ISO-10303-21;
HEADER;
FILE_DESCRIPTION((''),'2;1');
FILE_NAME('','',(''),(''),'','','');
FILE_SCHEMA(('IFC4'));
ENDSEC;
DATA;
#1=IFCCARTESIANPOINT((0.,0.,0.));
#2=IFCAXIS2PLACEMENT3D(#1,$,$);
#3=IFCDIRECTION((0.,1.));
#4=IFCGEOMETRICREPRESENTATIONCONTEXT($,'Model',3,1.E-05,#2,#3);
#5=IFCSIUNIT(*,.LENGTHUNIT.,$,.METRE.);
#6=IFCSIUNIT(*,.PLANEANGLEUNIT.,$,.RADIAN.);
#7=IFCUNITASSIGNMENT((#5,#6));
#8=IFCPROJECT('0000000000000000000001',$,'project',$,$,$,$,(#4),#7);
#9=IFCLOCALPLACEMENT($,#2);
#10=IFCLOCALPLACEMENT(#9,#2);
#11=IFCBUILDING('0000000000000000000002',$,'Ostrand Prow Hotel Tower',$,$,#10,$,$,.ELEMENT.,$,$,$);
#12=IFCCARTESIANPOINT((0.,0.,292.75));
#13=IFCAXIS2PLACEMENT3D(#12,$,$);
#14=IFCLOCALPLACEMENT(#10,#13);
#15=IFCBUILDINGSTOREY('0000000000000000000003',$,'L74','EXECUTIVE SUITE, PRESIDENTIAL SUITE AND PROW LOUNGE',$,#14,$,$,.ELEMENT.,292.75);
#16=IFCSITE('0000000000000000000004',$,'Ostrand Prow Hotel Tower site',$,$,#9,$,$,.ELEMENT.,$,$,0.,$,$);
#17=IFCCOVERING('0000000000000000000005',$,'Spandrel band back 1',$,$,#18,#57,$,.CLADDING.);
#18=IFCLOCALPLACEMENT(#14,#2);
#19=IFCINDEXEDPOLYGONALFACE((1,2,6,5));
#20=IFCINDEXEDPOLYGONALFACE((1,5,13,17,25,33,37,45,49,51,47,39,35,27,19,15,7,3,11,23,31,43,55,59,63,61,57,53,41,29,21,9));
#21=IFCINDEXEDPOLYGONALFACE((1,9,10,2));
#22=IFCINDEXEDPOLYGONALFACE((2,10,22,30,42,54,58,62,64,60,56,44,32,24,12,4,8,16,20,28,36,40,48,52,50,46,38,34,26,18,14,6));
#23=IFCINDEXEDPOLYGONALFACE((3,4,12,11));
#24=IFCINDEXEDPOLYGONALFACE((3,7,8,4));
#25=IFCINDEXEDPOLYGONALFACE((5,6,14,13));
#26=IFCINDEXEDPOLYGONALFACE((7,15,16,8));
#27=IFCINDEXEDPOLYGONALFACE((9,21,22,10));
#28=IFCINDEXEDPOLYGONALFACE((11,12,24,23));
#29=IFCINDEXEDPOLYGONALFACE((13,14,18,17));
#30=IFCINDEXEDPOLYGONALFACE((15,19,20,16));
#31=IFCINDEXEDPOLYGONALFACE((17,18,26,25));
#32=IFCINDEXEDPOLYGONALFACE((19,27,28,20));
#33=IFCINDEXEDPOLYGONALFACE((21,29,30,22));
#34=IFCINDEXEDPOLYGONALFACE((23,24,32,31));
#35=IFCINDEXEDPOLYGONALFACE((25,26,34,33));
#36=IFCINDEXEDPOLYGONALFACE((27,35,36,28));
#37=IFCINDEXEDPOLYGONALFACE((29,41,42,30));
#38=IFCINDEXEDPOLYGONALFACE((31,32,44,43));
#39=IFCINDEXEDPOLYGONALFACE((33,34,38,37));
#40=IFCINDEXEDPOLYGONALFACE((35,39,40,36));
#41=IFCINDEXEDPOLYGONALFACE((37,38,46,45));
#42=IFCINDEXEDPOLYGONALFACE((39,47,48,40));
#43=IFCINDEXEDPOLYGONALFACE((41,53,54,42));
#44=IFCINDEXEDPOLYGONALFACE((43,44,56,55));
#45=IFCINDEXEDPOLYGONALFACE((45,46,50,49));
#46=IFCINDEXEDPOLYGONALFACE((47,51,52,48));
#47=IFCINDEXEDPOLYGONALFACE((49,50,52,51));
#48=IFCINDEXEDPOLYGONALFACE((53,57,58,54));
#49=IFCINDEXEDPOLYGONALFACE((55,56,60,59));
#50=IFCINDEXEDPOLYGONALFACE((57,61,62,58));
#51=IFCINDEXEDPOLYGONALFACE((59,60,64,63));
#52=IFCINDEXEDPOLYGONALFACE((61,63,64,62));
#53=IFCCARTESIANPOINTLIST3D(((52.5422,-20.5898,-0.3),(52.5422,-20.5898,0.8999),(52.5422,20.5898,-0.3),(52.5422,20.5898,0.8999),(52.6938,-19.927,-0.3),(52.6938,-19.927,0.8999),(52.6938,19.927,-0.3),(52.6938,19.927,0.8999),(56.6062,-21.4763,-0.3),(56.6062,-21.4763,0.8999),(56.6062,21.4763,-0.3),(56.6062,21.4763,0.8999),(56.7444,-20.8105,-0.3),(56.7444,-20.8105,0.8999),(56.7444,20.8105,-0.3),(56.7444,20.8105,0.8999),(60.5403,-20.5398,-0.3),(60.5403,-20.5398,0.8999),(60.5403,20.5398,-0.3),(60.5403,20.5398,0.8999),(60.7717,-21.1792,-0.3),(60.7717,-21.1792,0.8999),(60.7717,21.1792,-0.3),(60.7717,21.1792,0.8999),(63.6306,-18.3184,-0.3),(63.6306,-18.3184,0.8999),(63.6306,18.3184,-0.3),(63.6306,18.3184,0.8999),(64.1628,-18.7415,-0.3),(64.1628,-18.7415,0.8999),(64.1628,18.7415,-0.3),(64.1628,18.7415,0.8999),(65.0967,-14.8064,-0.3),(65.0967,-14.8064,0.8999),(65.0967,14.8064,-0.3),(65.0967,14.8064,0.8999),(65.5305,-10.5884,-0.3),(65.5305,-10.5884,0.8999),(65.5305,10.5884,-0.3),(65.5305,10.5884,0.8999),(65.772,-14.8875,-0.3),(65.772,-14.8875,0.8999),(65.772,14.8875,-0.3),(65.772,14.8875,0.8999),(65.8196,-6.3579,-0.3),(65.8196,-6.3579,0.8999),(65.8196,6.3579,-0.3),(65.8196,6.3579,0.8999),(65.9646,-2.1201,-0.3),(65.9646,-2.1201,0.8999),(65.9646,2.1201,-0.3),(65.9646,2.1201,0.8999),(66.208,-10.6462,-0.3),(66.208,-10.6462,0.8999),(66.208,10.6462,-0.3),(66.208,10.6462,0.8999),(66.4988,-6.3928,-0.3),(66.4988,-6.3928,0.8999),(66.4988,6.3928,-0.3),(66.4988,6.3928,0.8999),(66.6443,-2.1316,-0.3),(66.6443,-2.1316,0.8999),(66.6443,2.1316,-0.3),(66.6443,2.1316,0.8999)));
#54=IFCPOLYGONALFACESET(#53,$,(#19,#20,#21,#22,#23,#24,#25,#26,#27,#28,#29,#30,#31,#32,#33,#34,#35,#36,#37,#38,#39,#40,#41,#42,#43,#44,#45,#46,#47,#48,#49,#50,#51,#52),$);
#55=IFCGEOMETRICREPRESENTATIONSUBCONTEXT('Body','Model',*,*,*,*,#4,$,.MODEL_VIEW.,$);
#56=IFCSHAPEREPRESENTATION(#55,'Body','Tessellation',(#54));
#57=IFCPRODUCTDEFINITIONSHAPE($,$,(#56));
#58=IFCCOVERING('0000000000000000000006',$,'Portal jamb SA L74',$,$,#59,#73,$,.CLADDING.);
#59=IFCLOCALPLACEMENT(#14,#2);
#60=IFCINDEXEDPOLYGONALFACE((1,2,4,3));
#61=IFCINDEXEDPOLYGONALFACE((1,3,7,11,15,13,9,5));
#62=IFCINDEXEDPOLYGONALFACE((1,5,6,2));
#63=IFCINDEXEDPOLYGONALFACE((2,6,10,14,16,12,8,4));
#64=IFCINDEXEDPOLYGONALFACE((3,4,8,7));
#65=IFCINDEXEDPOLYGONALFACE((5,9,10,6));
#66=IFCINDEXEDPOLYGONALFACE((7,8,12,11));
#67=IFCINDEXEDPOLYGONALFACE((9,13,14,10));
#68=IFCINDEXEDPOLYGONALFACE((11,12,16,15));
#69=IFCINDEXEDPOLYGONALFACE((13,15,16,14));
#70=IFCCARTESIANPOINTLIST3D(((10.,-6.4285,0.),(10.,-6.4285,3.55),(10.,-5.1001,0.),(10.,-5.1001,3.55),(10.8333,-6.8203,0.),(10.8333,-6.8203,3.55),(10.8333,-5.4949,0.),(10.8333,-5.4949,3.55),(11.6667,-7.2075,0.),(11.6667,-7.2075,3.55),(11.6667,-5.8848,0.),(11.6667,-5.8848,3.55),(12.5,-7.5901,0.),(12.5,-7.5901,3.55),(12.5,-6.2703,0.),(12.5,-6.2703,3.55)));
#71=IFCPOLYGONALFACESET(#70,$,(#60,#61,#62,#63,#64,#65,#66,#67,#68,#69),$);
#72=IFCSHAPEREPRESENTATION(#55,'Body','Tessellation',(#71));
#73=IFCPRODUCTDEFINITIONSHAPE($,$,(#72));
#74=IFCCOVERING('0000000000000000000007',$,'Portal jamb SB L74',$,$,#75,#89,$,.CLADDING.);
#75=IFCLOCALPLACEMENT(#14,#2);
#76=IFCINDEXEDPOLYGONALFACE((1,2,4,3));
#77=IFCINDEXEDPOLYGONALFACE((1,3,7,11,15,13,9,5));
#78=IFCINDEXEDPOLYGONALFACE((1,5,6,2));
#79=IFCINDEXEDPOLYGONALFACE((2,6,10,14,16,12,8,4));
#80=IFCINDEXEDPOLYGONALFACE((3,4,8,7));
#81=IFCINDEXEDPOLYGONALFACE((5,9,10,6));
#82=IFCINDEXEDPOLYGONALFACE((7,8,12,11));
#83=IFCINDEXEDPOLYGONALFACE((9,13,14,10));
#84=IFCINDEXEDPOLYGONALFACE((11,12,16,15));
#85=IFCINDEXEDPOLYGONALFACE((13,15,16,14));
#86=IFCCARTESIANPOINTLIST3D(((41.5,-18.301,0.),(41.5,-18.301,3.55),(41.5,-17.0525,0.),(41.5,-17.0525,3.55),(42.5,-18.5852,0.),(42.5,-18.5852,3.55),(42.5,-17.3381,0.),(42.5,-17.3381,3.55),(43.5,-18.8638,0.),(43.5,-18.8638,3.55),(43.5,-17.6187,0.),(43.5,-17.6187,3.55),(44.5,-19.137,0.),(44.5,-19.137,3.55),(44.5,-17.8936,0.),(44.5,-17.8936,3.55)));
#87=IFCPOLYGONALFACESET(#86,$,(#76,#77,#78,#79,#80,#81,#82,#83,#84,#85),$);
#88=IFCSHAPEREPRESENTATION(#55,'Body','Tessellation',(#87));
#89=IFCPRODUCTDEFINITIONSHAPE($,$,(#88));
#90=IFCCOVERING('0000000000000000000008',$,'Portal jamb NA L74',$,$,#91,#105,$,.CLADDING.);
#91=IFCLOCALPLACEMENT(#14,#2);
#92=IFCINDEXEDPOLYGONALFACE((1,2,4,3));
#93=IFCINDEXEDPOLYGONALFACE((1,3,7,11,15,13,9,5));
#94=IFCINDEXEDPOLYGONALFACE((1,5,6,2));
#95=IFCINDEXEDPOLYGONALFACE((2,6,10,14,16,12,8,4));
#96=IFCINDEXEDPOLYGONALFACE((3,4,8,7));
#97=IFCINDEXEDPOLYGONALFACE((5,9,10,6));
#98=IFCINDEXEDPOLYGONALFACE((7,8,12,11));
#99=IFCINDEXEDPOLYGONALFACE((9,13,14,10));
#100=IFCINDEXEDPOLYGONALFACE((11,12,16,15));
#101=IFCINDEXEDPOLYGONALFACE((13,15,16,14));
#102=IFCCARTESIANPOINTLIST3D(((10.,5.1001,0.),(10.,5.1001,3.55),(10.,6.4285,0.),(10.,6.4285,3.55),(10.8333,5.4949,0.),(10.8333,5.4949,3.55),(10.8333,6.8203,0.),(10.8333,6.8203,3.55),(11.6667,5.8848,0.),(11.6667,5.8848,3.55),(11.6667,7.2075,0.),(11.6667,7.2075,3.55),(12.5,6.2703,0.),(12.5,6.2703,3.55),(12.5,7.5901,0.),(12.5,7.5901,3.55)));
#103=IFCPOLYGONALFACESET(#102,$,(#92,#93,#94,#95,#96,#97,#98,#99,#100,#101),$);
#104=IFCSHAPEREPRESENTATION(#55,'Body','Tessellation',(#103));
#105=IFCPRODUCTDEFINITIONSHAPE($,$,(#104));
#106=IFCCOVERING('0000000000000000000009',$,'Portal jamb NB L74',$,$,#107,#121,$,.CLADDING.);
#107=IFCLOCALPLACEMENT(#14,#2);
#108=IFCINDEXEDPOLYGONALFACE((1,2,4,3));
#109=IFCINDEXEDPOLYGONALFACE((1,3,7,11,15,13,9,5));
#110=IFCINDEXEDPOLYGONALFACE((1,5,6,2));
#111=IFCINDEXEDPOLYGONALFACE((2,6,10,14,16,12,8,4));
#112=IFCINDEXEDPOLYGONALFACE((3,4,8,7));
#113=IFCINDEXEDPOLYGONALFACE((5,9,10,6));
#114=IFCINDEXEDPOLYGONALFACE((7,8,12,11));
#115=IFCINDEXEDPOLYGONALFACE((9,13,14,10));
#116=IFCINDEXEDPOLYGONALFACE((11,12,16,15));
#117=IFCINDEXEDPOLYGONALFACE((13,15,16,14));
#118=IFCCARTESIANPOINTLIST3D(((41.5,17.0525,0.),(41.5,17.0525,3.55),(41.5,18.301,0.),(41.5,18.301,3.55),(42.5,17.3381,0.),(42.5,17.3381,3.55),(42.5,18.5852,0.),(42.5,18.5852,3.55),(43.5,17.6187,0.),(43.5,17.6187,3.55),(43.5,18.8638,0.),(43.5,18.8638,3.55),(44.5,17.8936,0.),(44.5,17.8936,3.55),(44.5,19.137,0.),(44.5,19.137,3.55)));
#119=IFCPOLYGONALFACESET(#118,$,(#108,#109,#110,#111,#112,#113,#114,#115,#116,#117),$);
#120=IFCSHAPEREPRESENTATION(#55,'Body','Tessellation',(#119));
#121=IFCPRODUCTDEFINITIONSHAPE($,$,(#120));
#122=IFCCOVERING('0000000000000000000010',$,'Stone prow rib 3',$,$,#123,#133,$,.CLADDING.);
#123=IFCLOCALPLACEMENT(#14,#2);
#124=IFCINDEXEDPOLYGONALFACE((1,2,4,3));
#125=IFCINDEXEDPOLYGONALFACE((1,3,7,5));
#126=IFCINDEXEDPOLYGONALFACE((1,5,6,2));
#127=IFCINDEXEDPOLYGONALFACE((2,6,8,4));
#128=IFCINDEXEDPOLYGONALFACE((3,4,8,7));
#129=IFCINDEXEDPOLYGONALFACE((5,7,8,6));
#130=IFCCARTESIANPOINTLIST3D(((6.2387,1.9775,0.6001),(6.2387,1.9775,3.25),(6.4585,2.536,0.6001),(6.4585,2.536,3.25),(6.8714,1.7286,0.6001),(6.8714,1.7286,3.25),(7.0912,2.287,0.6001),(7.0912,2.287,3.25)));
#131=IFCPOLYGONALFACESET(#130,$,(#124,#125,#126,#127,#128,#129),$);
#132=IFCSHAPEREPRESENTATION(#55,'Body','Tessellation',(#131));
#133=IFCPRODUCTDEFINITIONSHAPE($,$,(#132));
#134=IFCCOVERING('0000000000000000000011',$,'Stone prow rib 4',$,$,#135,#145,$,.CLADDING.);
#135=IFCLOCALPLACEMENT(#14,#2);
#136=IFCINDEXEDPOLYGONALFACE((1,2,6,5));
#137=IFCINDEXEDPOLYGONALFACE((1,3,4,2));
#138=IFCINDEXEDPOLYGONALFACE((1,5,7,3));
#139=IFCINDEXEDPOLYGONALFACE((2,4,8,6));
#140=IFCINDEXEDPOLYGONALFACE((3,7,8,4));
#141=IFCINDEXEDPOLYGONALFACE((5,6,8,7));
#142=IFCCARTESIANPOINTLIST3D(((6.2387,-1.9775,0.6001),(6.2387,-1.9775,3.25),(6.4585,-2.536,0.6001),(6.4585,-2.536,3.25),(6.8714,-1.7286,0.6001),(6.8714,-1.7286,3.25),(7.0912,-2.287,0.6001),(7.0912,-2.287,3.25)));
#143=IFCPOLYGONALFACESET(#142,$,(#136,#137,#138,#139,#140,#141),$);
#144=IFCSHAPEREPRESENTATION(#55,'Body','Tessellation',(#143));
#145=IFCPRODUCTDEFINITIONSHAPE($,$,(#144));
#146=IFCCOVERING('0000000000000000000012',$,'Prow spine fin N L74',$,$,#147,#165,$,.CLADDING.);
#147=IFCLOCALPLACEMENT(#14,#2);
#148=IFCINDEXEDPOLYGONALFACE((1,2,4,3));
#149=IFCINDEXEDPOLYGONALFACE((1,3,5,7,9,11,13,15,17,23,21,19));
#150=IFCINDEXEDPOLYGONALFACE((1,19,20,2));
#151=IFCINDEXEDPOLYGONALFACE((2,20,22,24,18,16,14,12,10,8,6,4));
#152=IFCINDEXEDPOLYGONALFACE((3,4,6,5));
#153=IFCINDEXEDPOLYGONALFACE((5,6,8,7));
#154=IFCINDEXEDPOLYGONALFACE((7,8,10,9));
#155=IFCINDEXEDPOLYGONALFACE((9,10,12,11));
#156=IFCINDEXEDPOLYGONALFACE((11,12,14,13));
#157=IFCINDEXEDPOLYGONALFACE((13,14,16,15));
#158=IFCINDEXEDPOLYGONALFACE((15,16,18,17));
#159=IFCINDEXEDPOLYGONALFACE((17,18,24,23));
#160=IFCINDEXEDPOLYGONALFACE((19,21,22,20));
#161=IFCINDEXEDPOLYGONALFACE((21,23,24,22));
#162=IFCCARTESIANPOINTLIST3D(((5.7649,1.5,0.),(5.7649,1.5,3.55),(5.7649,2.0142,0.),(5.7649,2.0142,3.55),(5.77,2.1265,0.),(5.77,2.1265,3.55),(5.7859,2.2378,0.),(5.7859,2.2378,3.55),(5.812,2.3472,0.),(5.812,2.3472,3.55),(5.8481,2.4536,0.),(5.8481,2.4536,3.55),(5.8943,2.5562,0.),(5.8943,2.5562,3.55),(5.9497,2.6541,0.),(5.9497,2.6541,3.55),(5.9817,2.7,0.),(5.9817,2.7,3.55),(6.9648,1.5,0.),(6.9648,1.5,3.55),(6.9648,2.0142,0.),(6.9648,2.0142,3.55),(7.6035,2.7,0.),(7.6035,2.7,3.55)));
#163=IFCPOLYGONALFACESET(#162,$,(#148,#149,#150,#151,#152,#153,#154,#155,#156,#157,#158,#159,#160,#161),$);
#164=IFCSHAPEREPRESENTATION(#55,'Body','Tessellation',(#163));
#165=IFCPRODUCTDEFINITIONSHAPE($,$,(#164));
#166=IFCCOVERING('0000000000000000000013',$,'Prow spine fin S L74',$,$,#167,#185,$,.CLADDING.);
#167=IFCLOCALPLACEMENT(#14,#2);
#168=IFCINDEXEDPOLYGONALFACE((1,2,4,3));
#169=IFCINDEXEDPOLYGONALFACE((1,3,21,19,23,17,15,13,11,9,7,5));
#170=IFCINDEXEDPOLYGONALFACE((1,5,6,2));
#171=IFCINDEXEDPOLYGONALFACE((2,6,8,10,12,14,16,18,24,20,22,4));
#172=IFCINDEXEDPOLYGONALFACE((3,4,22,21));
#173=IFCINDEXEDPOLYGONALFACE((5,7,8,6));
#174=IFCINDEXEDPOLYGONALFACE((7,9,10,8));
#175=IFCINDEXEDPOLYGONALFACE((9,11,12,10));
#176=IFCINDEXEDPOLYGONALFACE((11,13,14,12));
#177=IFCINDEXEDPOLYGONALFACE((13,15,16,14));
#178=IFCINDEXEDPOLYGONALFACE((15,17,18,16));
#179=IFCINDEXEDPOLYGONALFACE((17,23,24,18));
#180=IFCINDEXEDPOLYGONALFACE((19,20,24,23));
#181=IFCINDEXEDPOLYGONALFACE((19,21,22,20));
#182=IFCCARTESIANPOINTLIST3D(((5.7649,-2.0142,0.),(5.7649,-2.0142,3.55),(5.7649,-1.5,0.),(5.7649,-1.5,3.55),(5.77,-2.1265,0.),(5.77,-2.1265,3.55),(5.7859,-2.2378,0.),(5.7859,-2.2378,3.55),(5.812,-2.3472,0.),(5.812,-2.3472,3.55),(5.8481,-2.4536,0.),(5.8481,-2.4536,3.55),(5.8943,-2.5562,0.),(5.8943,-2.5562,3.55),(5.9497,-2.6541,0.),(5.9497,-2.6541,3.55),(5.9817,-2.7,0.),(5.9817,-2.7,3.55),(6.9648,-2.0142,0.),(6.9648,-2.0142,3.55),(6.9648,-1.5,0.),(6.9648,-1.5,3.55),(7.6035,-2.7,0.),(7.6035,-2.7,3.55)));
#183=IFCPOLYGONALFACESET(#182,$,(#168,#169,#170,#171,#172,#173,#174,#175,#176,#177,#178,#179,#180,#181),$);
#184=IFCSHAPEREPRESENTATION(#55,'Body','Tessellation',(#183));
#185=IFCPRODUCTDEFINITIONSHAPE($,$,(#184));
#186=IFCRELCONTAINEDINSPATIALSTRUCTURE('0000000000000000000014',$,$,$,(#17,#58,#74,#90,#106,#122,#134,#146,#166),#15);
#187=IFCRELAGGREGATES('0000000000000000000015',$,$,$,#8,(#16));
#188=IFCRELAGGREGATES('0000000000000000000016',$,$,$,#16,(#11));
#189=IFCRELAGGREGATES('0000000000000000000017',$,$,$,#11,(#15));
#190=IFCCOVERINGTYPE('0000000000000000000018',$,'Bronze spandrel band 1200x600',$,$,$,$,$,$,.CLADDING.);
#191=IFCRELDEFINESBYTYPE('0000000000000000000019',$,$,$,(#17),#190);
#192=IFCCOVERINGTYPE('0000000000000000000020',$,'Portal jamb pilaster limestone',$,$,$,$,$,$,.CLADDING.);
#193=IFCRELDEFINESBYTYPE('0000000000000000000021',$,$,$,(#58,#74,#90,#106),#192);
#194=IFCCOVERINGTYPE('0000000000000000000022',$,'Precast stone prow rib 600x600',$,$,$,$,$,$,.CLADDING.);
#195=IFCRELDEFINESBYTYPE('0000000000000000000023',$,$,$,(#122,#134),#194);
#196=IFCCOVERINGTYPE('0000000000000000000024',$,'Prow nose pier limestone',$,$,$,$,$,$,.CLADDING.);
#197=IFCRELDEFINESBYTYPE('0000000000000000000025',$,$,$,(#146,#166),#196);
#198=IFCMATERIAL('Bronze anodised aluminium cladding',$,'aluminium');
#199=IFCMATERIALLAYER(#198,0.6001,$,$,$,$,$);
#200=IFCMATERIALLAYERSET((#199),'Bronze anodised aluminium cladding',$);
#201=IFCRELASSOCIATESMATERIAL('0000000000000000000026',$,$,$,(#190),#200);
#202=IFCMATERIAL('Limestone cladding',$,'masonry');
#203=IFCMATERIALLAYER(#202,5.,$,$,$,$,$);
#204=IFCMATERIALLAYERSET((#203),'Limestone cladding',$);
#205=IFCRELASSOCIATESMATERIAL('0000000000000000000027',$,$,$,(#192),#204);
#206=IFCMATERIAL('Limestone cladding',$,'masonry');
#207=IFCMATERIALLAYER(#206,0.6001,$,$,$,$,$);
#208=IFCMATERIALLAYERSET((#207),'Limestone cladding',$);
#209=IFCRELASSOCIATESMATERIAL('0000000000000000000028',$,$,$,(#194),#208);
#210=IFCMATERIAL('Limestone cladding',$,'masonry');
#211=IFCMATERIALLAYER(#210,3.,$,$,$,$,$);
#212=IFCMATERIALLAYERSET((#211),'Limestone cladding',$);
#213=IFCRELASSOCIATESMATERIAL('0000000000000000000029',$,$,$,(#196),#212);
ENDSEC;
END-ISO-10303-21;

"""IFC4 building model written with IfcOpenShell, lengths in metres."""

from ifc_helpers import new_model, si_unit, direction, frame, frame_2d, origin, place, context, subcontext, project, spatial, polyline, rectangle, outline, extrude, material, layer, layer_set, type_object, element, save


model = new_model("IFC4")

# Units and contexts
model_context = context("Model", 3, precision=1e-05, world=origin(), true_north=direction((0.0, 1.0)))
body_context = subcontext(model_context, "Body", "Model", "MODEL_VIEW")
ifc_project = project(units=[si_unit("LENGTHUNIT", "METRE"), si_unit("PLANEANGLEUNIT", "RADIAN")], contexts=[model_context])

# Site, building, storey
site_placement = place(None, origin())
site = spatial("IfcSite", under=ifc_project, at=site_placement, Name="Ostrand Prow Hotel Tower site", CompositionType="ELEMENT", RefElevation=0.0)
building_placement = place(site_placement, origin())
building = spatial("IfcBuilding", under=site, at=building_placement, Name="Ostrand Prow Hotel Tower", CompositionType="ELEMENT")
storey_placement = place(building_placement, frame((0.0, 0.0, 292.75)))
storey = spatial("IfcBuildingStorey", under=building, at=storey_placement, Name="L74", Description="EXECUTIVE SUITE, PRESIDENTIAL SUITE AND PROW LOUNGE", CompositionType="ELEMENT", Elevation=292.75)

# Coverings
ifc_material_1 = material(Name="Bronze anodised aluminium cladding", Category="aluminium")
ifc_layer_1 = layer(ifc_material_1, 0.6001)
ifc_layer_set_1 = layer_set([ifc_layer_1], Name="Bronze anodised aluminium cladding")
covering_type_1 = type_object("IfcCoveringType", Name="Bronze spandrel band 1200x600", PredefinedType="CLADDING", material=ifc_layer_set_1)
covering_1_placement = place(storey_placement, frame((0.0, 0.0, -0.3)))
element("IfcCovering", 1, at=covering_1_placement, inside=storey, type_object=covering_type_1, Name="Spandrel band back 1", PredefinedType="CLADDING", context=body_context, shape_type="SweptSolid", body=[
    extrude(outline(polyline([(52.5422, -20.5898), (56.6062, -21.4763), (60.7717, -21.1792), (64.1628, -18.7415), (65.772, -14.8875), (66.208, -10.6462), (66.4988, -6.3928), (66.6443, -2.1316), (66.6443, 2.1316), (66.4988, 6.3928), (66.208, 10.6462), (65.772, 14.8875), (64.1628, 18.7415), (60.7717, 21.1792), (56.6062, 21.4763), (52.5422, 20.5898), (52.6938, 19.927), (56.7444, 20.8105), (60.5403, 20.5398), (63.6306, 18.3184), (65.0967, 14.8064), (65.5305, 10.5884), (65.8196, 6.3579), (65.9646, 2.1201), (65.9646, -2.1201), (65.8196, -6.3579), (65.5305, -10.5884), (65.0967, -14.8064), (63.6306, -18.3184), (60.5403, -20.5398), (56.7444, -20.8105), (52.6938, -19.927), (52.5422, -20.5898)])), origin(), (0.0, 0.0, 1.0), 1.2),
])
ifc_material_2 = material(Name="Limestone cladding", Category="masonry")
ifc_layer_2 = layer(ifc_material_2, 5.0)
ifc_layer_set_2 = layer_set([ifc_layer_2], Name="Limestone cladding")
covering_type_2 = type_object("IfcCoveringType", Name="Portal jamb pilaster limestone", PredefinedType="CLADDING", material=ifc_layer_set_2)
covering_2_placement = place(storey_placement, origin())
element("IfcCovering", 2, at=covering_2_placement, inside=storey, type_object=covering_type_2, Name="Portal jamb SA L74", PredefinedType="CLADDING", context=body_context, shape_type="SweptSolid", body=[
    extrude(outline(polyline([(10.0, -5.1001), (10.0, -6.4285), (10.8333, -6.8203), (11.6667, -7.2075), (12.5, -7.5901), (12.5, -6.2703), (11.6667, -5.8848), (10.8333, -5.4949), (10.0, -5.1001)])), origin(), (0.0, 0.0, 1.0), 3.55),
])
covering_3_placement = place(storey_placement, origin())
element("IfcCovering", 3, at=covering_3_placement, inside=storey, type_object=covering_type_2, Name="Portal jamb SB L74", PredefinedType="CLADDING", context=body_context, shape_type="SweptSolid", body=[
    extrude(outline(polyline([(41.5, -17.0525), (41.5, -18.301), (42.5, -18.5852), (43.5, -18.8638), (44.5, -19.137), (44.5, -17.8936), (43.5, -17.6187), (42.5, -17.3381), (41.5, -17.0525)])), origin(), (0.0, 0.0, 1.0), 3.55),
])
covering_4_placement = place(storey_placement, origin())
element("IfcCovering", 4, at=covering_4_placement, inside=storey, type_object=covering_type_2, Name="Portal jamb NA L74", PredefinedType="CLADDING", context=body_context, shape_type="SweptSolid", body=[
    extrude(outline(polyline([(10.0, 5.1001), (10.8333, 5.4949), (11.6667, 5.8848), (12.5, 6.2703), (12.5, 7.5901), (11.6667, 7.2075), (10.8333, 6.8203), (10.0, 6.4285), (10.0, 5.1001)])), origin(), (0.0, 0.0, 1.0), 3.55),
])
covering_5_placement = place(storey_placement, origin())
element("IfcCovering", 5, at=covering_5_placement, inside=storey, type_object=covering_type_2, Name="Portal jamb NB L74", PredefinedType="CLADDING", context=body_context, shape_type="SweptSolid", body=[
    extrude(outline(polyline([(41.5, 17.0525), (42.5, 17.3381), (43.5, 17.6187), (44.5, 17.8936), (44.5, 19.137), (43.5, 18.8638), (42.5, 18.5852), (41.5, 18.301), (41.5, 17.0525)])), origin(), (0.0, 0.0, 1.0), 3.55),
])
ifc_material_3 = material(Name="Limestone cladding", Category="masonry")
ifc_layer_3 = layer(ifc_material_3, 0.6001)
ifc_layer_set_3 = layer_set([ifc_layer_3], Name="Limestone cladding")
covering_type_3 = type_object("IfcCoveringType", Name="Precast stone prow rib 600x600", PredefinedType="CLADDING", material=ifc_layer_set_3)
for number, where, z_axis, x_axis, name in (
    (6, (6.9812, 2.0078, 0.6001), (0.0, 0.0, 1.0), (-0.930542, 0.366185, 0.0), "Stone prow rib 3"),
    (7, (6.9812, -2.0078, 0.6001), (0.0, 0.0, 1.0), (-0.930542, -0.366185, 0.0), "Stone prow rib 4"),
):
    element("IfcCovering", number, at=place(storey_placement, frame(where, z_axis=z_axis, x_axis=x_axis)), inside=storey, type_object=covering_type_3, Name=name, PredefinedType="CLADDING", context=body_context, shape_type="SweptSolid", body=[
        extrude(rectangle(XDim=0.6799, YDim=0.6001, at=frame_2d((0.3398, 0.0))), origin(), (0.0, 0.0, 1.0), 2.6499),
    ])
ifc_material_4 = material(Name="Limestone cladding", Category="masonry")
ifc_layer_4 = layer(ifc_material_4, 3.0)
ifc_layer_set_4 = layer_set([ifc_layer_4], Name="Limestone cladding")
covering_type_4 = type_object("IfcCoveringType", Name="Prow nose pier limestone", PredefinedType="CLADDING", material=ifc_layer_set_4)
covering_6_placement = place(storey_placement, origin())
element("IfcCovering", 8, at=covering_6_placement, inside=storey, type_object=covering_type_4, Name="Prow spine fin N L74", PredefinedType="CLADDING", context=body_context, shape_type="SweptSolid", body=[
    extrude(outline(polyline([(5.7649, 2.0142), (5.7649, 1.5), (6.9648, 1.5), (6.9648, 2.0142), (7.6035, 2.7), (5.9817, 2.7), (5.9497, 2.6541), (5.8943, 2.5562), (5.8481, 2.4536), (5.812, 2.3472), (5.7859, 2.2378), (5.77, 2.1265), (5.7649, 2.0142)])), origin(), (0.0, 0.0, 1.0), 3.55),
])
covering_7_placement = place(storey_placement, origin())
element("IfcCovering", 9, at=covering_7_placement, inside=storey, type_object=covering_type_4, Name="Prow spine fin S L74", PredefinedType="CLADDING", context=body_context, shape_type="SweptSolid", body=[
    extrude(outline(polyline([(5.9497, -2.6541), (5.9817, -2.7), (7.6035, -2.7), (6.9648, -2.0142), (6.9648, -1.5), (5.7649, -1.5), (5.7649, -2.0142), (5.77, -2.1265), (5.7859, -2.2378), (5.812, -2.3472), (5.8481, -2.4536), (5.8943, -2.5562), (5.9497, -2.6541)])), origin(), (0.0, 0.0, 1.0), 3.55),
])

save(model, "model.ifc")
